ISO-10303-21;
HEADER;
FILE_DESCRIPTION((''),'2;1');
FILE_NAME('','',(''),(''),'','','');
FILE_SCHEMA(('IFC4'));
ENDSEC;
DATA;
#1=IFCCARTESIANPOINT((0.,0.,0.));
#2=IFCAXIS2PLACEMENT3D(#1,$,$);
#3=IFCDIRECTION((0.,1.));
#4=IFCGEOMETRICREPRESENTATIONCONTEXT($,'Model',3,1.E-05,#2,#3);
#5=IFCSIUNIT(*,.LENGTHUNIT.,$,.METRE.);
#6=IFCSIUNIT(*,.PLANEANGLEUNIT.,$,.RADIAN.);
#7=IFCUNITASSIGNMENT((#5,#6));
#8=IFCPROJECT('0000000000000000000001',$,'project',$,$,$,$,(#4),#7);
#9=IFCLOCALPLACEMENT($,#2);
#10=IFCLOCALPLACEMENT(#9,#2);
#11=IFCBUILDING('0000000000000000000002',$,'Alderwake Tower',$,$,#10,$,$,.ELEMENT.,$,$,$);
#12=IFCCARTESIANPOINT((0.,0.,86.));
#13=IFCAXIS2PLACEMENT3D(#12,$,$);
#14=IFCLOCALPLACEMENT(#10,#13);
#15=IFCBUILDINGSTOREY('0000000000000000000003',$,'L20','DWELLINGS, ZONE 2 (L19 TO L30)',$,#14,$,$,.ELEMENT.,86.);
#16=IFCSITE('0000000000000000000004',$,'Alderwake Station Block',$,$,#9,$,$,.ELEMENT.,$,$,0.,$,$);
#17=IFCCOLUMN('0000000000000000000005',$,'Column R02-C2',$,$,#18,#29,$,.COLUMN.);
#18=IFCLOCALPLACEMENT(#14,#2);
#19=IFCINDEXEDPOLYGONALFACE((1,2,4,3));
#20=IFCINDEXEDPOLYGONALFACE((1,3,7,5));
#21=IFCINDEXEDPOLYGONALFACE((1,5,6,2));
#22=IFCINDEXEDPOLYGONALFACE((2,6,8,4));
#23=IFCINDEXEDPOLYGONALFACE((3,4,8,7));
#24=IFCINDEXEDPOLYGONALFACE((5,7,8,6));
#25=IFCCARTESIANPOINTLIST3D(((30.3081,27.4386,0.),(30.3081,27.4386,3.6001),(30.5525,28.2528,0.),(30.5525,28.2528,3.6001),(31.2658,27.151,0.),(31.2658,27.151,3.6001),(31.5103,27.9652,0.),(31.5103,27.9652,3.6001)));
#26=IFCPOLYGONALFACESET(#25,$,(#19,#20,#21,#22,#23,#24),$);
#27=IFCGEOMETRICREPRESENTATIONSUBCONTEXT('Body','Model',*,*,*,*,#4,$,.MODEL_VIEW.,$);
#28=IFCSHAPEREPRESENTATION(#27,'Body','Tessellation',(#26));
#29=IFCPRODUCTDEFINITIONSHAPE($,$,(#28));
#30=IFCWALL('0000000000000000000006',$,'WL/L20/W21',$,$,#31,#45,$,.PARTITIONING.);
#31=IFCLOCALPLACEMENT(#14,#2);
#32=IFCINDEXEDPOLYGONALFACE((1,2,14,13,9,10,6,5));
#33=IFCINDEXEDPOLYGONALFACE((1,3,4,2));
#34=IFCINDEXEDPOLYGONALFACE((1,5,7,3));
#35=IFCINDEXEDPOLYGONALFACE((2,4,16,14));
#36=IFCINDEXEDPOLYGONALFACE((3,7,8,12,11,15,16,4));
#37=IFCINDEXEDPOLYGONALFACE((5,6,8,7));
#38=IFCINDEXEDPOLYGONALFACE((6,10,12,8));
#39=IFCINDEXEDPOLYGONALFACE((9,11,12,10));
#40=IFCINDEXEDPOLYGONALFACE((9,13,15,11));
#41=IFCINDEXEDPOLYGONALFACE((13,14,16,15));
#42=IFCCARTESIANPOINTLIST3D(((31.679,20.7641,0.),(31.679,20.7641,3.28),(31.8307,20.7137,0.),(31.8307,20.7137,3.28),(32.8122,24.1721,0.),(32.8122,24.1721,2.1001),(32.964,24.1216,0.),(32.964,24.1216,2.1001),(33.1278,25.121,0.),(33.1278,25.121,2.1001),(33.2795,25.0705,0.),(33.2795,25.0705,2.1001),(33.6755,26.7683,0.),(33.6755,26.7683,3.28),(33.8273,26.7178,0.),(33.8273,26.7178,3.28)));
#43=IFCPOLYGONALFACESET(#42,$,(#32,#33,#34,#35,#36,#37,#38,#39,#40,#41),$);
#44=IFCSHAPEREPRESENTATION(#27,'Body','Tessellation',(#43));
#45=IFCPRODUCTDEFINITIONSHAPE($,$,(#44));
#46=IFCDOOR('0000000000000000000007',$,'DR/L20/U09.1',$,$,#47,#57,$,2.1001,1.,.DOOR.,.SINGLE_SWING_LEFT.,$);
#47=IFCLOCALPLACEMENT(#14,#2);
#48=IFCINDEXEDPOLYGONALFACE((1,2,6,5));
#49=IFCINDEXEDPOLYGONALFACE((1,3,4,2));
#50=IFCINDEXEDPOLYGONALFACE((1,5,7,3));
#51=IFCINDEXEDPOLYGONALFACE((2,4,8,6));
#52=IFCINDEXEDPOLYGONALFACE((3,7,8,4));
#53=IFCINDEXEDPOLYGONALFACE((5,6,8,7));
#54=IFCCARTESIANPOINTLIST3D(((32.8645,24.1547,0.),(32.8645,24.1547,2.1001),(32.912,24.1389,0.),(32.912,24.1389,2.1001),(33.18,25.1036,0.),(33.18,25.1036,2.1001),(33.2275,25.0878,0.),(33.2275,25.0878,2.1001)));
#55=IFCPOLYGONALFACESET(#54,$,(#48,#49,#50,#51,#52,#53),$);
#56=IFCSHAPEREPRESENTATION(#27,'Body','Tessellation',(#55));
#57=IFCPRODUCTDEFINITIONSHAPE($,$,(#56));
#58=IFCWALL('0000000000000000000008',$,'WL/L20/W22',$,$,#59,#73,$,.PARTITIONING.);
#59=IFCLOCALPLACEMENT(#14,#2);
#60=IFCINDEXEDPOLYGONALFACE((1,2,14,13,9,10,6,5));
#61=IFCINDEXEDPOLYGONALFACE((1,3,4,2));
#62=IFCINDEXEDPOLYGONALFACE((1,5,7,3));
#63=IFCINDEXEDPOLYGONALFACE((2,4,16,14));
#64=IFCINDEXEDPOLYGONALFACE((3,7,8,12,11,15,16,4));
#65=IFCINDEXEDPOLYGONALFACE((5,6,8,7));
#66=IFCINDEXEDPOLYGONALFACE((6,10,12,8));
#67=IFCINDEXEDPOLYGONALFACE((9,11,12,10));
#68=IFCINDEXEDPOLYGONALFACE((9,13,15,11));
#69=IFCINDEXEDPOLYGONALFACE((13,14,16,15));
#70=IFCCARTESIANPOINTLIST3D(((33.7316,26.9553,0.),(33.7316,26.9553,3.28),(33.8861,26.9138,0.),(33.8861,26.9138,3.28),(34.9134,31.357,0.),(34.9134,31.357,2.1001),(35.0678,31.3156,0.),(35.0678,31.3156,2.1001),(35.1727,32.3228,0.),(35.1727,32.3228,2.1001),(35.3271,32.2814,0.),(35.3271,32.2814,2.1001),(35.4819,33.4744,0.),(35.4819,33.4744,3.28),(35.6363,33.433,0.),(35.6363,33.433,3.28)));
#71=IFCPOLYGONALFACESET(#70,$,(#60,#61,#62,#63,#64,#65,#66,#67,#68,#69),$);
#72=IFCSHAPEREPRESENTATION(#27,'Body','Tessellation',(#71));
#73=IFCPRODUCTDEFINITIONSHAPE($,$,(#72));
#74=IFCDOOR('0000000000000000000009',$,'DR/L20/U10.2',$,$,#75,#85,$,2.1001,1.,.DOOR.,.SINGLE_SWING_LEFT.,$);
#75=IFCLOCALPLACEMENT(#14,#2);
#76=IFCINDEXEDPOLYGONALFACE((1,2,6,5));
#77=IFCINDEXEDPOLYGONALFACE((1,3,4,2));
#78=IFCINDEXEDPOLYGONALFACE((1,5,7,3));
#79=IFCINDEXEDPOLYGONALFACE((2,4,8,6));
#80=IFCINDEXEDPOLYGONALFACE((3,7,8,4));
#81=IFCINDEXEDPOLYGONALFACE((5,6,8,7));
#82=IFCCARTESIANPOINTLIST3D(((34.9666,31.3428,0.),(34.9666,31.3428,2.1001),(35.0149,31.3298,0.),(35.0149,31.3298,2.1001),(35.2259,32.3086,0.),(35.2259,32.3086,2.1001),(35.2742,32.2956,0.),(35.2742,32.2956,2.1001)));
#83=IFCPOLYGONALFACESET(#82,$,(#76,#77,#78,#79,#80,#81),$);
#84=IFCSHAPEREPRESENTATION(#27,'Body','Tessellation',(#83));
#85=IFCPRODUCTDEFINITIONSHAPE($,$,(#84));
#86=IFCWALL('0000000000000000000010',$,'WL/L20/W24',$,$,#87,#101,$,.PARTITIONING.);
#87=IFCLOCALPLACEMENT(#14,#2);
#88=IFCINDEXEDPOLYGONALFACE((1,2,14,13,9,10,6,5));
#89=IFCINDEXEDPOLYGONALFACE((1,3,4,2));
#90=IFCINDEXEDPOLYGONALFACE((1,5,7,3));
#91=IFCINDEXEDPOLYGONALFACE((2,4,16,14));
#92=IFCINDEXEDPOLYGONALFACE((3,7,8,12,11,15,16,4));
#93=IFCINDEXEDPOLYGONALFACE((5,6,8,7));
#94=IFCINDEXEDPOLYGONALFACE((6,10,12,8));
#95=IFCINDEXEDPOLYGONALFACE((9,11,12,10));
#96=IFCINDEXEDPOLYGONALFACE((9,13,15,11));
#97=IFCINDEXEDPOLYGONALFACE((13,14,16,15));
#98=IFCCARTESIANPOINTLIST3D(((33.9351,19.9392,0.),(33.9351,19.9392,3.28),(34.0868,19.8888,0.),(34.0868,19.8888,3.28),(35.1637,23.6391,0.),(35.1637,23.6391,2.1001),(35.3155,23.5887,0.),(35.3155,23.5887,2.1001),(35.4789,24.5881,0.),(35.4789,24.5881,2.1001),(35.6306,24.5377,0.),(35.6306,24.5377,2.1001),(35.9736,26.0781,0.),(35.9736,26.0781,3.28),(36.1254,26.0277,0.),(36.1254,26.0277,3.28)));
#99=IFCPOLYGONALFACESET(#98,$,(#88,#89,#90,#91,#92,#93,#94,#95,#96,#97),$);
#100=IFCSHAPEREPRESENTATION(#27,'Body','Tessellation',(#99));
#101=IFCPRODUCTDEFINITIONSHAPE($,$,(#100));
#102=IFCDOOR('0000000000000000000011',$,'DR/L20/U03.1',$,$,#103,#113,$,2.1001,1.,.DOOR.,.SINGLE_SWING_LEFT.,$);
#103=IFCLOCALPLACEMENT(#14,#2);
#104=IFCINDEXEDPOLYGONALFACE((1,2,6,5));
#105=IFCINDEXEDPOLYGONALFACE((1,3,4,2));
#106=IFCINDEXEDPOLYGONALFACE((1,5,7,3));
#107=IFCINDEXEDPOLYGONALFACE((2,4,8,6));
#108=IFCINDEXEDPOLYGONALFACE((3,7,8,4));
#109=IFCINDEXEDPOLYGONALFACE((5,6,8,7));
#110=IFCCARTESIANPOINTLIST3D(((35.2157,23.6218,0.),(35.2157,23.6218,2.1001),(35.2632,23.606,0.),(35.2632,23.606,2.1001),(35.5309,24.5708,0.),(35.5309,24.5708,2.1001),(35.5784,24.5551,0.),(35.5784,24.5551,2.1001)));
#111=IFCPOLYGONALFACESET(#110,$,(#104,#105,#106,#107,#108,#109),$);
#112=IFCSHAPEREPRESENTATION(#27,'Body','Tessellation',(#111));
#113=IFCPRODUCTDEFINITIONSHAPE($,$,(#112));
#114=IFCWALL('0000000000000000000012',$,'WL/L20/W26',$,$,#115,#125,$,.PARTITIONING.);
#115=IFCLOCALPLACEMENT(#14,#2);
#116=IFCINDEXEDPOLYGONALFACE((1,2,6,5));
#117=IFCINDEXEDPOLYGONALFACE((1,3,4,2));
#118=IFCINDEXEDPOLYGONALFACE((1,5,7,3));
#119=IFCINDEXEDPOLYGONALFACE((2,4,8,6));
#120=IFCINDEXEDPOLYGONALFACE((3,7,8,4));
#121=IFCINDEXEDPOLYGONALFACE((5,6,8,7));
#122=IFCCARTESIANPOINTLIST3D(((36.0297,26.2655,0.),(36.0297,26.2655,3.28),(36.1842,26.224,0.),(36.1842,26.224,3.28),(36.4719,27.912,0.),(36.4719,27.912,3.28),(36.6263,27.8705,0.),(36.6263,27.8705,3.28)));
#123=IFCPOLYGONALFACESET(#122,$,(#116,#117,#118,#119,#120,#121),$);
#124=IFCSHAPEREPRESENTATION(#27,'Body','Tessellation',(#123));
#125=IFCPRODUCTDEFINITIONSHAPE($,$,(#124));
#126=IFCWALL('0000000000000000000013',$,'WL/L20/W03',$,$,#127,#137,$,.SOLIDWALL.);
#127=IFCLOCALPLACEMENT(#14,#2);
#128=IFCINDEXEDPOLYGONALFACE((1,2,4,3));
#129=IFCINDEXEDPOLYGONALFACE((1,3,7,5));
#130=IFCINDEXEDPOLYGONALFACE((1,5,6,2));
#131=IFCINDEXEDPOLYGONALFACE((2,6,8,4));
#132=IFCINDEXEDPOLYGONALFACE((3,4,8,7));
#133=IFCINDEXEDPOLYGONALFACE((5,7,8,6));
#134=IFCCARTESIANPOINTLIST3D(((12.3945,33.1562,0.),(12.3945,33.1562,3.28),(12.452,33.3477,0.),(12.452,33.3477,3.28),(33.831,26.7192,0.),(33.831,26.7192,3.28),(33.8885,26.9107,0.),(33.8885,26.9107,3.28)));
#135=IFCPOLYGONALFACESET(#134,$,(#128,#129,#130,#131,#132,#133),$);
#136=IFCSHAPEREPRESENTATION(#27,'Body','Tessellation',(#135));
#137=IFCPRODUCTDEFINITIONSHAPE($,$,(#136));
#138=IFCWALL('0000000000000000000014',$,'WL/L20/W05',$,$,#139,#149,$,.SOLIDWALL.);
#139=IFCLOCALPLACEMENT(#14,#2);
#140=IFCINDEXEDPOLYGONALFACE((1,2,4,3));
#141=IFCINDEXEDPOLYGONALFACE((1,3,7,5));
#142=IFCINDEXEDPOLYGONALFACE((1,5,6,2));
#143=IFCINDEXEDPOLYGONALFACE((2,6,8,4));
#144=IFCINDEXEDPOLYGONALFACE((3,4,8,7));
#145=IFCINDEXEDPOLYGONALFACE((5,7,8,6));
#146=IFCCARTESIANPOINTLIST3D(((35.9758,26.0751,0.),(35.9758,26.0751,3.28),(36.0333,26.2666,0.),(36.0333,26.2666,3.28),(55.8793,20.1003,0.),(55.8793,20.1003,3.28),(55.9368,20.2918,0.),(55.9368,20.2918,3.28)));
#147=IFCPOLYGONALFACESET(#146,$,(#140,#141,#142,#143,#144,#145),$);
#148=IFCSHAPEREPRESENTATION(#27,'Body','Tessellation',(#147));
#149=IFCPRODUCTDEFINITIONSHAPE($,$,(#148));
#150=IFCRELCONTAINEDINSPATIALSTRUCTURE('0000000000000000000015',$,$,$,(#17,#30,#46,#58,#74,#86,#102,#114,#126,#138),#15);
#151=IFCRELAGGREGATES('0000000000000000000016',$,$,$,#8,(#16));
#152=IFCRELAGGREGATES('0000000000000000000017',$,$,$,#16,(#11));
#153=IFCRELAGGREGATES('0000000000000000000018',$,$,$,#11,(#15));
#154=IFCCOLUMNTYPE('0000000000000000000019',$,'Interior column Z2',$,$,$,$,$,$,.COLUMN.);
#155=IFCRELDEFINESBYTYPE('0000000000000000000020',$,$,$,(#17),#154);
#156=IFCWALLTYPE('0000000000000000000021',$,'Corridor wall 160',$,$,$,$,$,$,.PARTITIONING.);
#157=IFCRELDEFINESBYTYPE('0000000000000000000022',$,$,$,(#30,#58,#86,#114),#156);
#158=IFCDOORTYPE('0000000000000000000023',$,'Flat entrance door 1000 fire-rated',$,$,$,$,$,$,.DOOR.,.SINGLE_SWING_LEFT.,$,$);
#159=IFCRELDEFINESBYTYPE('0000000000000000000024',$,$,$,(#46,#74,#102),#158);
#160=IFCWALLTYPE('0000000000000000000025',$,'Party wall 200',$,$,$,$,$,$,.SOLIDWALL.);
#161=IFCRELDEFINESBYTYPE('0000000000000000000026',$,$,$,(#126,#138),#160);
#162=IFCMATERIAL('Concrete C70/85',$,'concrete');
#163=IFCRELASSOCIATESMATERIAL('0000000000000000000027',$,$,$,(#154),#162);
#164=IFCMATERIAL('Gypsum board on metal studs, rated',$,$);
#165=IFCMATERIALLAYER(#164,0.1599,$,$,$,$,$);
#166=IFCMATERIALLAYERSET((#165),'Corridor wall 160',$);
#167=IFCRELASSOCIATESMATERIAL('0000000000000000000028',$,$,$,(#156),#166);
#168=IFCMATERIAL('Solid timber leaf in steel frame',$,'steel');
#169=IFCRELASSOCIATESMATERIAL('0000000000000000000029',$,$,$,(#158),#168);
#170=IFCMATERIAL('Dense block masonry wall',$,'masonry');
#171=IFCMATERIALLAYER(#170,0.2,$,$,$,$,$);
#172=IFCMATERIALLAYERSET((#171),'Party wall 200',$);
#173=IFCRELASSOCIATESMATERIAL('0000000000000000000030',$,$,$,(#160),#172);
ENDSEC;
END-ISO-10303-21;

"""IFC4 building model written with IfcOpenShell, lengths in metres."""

from ifc_helpers import new_model, si_unit, direction, frame, frame_2d, origin, origin_2d, place, context, subcontext, project, spatial, rectangle, extrude, material, layer, layer_set, material_profile, profile_set, type_object, element, fill, save


model = new_model("IFC4")

# Units and contexts
model_context = context("Model", 3, precision=1e-05, world=origin(), true_north=direction((0.0, 1.0)))
body_context = subcontext(model_context, "Body", "Model", "MODEL_VIEW")
ifc_project = project(units=[si_unit("LENGTHUNIT", "METRE"), si_unit("PLANEANGLEUNIT", "RADIAN")], contexts=[model_context])

# Site, building, storey
site_placement = place(None, origin())
site = spatial("IfcSite", under=ifc_project, at=site_placement, Name="Alderwake Station Block", CompositionType="ELEMENT", RefElevation=0.0)
building_placement = place(site_placement, origin())
building = spatial("IfcBuilding", under=site, at=building_placement, Name="Alderwake Tower", CompositionType="ELEMENT")
storey_placement = place(building_placement, frame((0.0, 0.0, 86.0)))
storey = spatial("IfcBuildingStorey", under=building, at=storey_placement, Name="L20", Description="DWELLINGS, ZONE 2 (L19 TO L30)", CompositionType="ELEMENT", Elevation=86.0)

# Column
ifc_material_1 = material(Name="Concrete C70/85", Category="concrete")
ifc_material_profile = material_profile(ifc_material_1, rectangle(XDim=0.8501, YDim=1.0, at=origin_2d()), Name="RC 1000X850")
ifc_profile_set = profile_set([ifc_material_profile], Name="Concrete C70/85")
column_type = type_object("IfcColumnType", Name="Interior column Z2", PredefinedType="COLUMN", material=ifc_profile_set)
column_placement = place(storey_placement, frame((30.9092, 27.7019, 0.0), z_axis=(0.0, 0.0, 1.0), x_axis=(0.287549, 0.957766, 0.0)))
element("IfcColumn", 1, at=column_placement, inside=storey, type_object=column_type, Name="Column R02-C2", PredefinedType="COLUMN", context=body_context, shape_type="SweptSolid", body=[
    extrude(rectangle(XDim=0.8501, YDim=1.0, at=origin_2d()), origin(), (0.0, 0.0, 1.0), 3.6001),
])

# Walls, openings, doors
ifc_material_2 = material(Name="Gypsum board on metal studs, rated")
ifc_layer_1 = layer(ifc_material_2, 0.1599)
ifc_layer_set_1 = layer_set([ifc_layer_1], Name="Corridor wall 160")
wall_type_1 = type_object("IfcWallType", Name="Corridor wall 160", PredefinedType="PARTITIONING", material=ifc_layer_set_1)
wall_1_placement = place(storey_placement, frame((31.7549, 20.739, 0.0), z_axis=(0.0, 0.0, 1.0), x_axis=(0.315545, 0.948911, 0.0)))
wall_1 = element("IfcWall", 2, at=wall_1_placement, inside=storey, type_object=wall_type_1, Name="WL/L20/W21", PredefinedType="PARTITIONING", context=body_context, shape_type="SweptSolid", body=[
    extrude(rectangle(XDim=6.3274, YDim=0.1599, at=frame_2d((3.1636, 0.0))), origin(), (0.0, 0.0, 1.0), 3.28),
])
opening_1_placement = place(wall_1_placement, frame((3.5913, 0.0, 0.0)))
opening_1 = element("IfcOpeningElement", 3, at=opening_1_placement, cuts=wall_1, PredefinedType="OPENING", context=body_context, shape_type="SweptSolid", body=[
    extrude(rectangle(XDim=1.0, YDim=2.1001, at=frame_2d((0.5, 1.05))), frame((0.0, 0.0898, 0.0), z_axis=(0.0, -1.0, 0.0), x_axis=(1.0, 0.0, 0.0)), (0.0, 0.0, 1.0), 0.1799),
])
ifc_material_3 = material(Name="Solid timber leaf in steel frame", Category="steel")
door_type_1 = type_object("IfcDoorType", Name="Flat entrance door 1000 fire-rated", OperationType="SINGLE_SWING_LEFT", PredefinedType="DOOR", material=ifc_material_3)
door_1_placement = place(opening_1_placement, origin())
door_1 = element("IfcDoor", 4, at=door_1_placement, inside=storey, type_object=door_type_1, Name="DR/L20/U09.1", OperationType="SINGLE_SWING_LEFT", OverallHeight=2.1001, OverallWidth=1.0, PredefinedType="DOOR", context=body_context, shape_type="SweptSolid", body=[
    extrude(rectangle(XDim=1.0, YDim=2.1001, at=frame_2d((0.5, 1.05))), frame((0.0, 0.0249, 0.0), z_axis=(0.0, -1.0, 0.0), x_axis=(1.0, 0.0, 0.0)), (0.0, 0.0, 1.0), 0.05),
])
fill(opening_1, door_1)
wall_2_placement = place(storey_placement, frame((33.8088, 26.9346, 0.0), z_axis=(0.0, 0.0, 1.0), x_axis=(0.259299, 0.965797, 0.0)))
wall_2 = element("IfcWall", 5, at=wall_2_placement, inside=storey, type_object=wall_type_1, Name="WL/L20/W22", PredefinedType="PARTITIONING", context=body_context, shape_type="SweptSolid", body=[
    extrude(rectangle(XDim=6.75, YDim=0.1599, at=frame_2d((3.375, 0.0))), origin(), (0.0, 0.0, 1.0), 3.28),
])
opening_2_placement = place(wall_2_placement, frame((4.5576, 0.0, 0.0)))
opening_2 = element("IfcOpeningElement", 6, at=opening_2_placement, cuts=wall_2, PredefinedType="OPENING", context=body_context, shape_type="SweptSolid", body=[
    extrude(rectangle(XDim=1.0, YDim=2.1001, at=frame_2d((0.5, 1.05))), frame((0.0, 0.0898, 0.0), z_axis=(0.0, -1.0, 0.0), x_axis=(1.0, 0.0, 0.0)), (0.0, 0.0, 1.0), 0.1799),
])
door_2_placement = place(opening_2_placement, origin())
door_2 = element("IfcDoor", 7, at=door_2_placement, inside=storey, type_object=door_type_1, Name="DR/L20/U10.2", OperationType="SINGLE_SWING_LEFT", OverallHeight=2.1001, OverallWidth=1.0, PredefinedType="DOOR", context=body_context, shape_type="SweptSolid", body=[
    extrude(rectangle(XDim=1.0, YDim=2.1001, at=frame_2d((0.5, 1.05))), frame((0.0, 0.0249, 0.0), z_axis=(0.0, -1.0, 0.0), x_axis=(1.0, 0.0, 0.0)), (0.0, 0.0, 1.0), 0.05),
])
fill(opening_2, door_2)
wall_3_placement = place(storey_placement, frame((36.0496, 26.053, 0.0), z_axis=(0.0, 0.0, 1.0), x_axis=(-0.315152, -0.949041, 0.0)))
wall_3 = element("IfcWall", 8, at=wall_3_placement, inside=storey, type_object=wall_type_1, Name="WL/L20/W24", PredefinedType="PARTITIONING", context=body_context, shape_type="SweptSolid", body=[
    extrude(rectangle(XDim=6.4685, YDim=0.1599, at=frame_2d((3.2344, 0.0))), origin(), (0.0, 0.0, 1.0), 3.28),
])
opening_3_placement = place(wall_3_placement, frame((1.5701, 0.0, 0.0)))
opening_3 = element("IfcOpeningElement", 9, at=opening_3_placement, cuts=wall_3, PredefinedType="OPENING", context=body_context, shape_type="SweptSolid", body=[
    extrude(rectangle(XDim=1.0, YDim=2.1001, at=frame_2d((0.5, 1.05))), frame((0.0, 0.0898, 0.0), z_axis=(0.0, -1.0, 0.0), x_axis=(1.0, 0.0, 0.0)), (0.0, 0.0, 1.0), 0.1799),
])
door_3_placement = place(opening_3_placement, origin())
door_3 = element("IfcDoor", 10, at=door_3_placement, inside=storey, type_object=door_type_1, Name="DR/L20/U03.1", OperationType="SINGLE_SWING_LEFT", OverallHeight=2.1001, OverallWidth=1.0, PredefinedType="DOOR", context=body_context, shape_type="SweptSolid", body=[
    extrude(rectangle(XDim=1.0, YDim=2.1001, at=frame_2d((0.5, 1.05))), frame((0.0, 0.0249, 0.0), z_axis=(0.0, -1.0, 0.0), x_axis=(1.0, 0.0, 0.0)), (0.0, 0.0, 1.0), 0.05),
])
fill(opening_3, door_3)

# Walls
wall_4_placement = place(storey_placement, frame((36.1069, 26.2446, 0.0), z_axis=(0.0, 0.0, 1.0), x_axis=(0.259347, 0.965784, 0.0)))
element("IfcWall", 11, at=wall_4_placement, inside=storey, type_object=wall_type_1, Name="WL/L20/W26", PredefinedType="PARTITIONING", context=body_context, shape_type="SweptSolid", body=[
    extrude(rectangle(XDim=1.7048, YDim=0.1599, at=frame_2d((0.8525, 0.0))), origin(), (0.0, 0.0, 1.0), 3.28),
])
ifc_material_4 = material(Name="Dense block masonry wall", Category="masonry")
ifc_layer_2 = layer(ifc_material_4, 0.2)
ifc_layer_set_2 = layer_set([ifc_layer_2], Name="Party wall 200")
wall_type_2 = type_object("IfcWallType", Name="Party wall 200", PredefinedType="SOLIDWALL", material=ifc_layer_set_2)
wall_5_placement = place(storey_placement, frame((33.8596, 26.8149, 0.0), z_axis=(0.0, 0.0, 1.0), x_axis=(-0.957752, 0.287596, 0.0)))
element("IfcWall", 12, at=wall_5_placement, inside=storey, type_object=wall_type_2, Name="WL/L20/W03", PredefinedType="SOLIDWALL", context=body_context, shape_type="SweptSolid", body=[
    extrude(rectangle(XDim=22.3821, YDim=0.2, at=frame_2d((11.1909, 0.0))), origin(), (0.0, 0.0, 1.0), 3.28),
])
wall_6_placement = place(storey_placement, frame((36.0044, 26.1709, 0.0), z_axis=(0.0, 0.0, 1.0), x_axis=(0.957776, -0.287515, 0.0)))
element("IfcWall", 13, at=wall_6_placement, inside=storey, type_object=wall_type_2, Name="WL/L20/W05", PredefinedType="SOLIDWALL", context=body_context, shape_type="SweptSolid", body=[
    extrude(rectangle(XDim=20.781, YDim=0.2, at=frame_2d((10.3906, 0.0))), origin(), (0.0, 0.0, 1.0), 3.28),
])

save(model, "model.ifc")
